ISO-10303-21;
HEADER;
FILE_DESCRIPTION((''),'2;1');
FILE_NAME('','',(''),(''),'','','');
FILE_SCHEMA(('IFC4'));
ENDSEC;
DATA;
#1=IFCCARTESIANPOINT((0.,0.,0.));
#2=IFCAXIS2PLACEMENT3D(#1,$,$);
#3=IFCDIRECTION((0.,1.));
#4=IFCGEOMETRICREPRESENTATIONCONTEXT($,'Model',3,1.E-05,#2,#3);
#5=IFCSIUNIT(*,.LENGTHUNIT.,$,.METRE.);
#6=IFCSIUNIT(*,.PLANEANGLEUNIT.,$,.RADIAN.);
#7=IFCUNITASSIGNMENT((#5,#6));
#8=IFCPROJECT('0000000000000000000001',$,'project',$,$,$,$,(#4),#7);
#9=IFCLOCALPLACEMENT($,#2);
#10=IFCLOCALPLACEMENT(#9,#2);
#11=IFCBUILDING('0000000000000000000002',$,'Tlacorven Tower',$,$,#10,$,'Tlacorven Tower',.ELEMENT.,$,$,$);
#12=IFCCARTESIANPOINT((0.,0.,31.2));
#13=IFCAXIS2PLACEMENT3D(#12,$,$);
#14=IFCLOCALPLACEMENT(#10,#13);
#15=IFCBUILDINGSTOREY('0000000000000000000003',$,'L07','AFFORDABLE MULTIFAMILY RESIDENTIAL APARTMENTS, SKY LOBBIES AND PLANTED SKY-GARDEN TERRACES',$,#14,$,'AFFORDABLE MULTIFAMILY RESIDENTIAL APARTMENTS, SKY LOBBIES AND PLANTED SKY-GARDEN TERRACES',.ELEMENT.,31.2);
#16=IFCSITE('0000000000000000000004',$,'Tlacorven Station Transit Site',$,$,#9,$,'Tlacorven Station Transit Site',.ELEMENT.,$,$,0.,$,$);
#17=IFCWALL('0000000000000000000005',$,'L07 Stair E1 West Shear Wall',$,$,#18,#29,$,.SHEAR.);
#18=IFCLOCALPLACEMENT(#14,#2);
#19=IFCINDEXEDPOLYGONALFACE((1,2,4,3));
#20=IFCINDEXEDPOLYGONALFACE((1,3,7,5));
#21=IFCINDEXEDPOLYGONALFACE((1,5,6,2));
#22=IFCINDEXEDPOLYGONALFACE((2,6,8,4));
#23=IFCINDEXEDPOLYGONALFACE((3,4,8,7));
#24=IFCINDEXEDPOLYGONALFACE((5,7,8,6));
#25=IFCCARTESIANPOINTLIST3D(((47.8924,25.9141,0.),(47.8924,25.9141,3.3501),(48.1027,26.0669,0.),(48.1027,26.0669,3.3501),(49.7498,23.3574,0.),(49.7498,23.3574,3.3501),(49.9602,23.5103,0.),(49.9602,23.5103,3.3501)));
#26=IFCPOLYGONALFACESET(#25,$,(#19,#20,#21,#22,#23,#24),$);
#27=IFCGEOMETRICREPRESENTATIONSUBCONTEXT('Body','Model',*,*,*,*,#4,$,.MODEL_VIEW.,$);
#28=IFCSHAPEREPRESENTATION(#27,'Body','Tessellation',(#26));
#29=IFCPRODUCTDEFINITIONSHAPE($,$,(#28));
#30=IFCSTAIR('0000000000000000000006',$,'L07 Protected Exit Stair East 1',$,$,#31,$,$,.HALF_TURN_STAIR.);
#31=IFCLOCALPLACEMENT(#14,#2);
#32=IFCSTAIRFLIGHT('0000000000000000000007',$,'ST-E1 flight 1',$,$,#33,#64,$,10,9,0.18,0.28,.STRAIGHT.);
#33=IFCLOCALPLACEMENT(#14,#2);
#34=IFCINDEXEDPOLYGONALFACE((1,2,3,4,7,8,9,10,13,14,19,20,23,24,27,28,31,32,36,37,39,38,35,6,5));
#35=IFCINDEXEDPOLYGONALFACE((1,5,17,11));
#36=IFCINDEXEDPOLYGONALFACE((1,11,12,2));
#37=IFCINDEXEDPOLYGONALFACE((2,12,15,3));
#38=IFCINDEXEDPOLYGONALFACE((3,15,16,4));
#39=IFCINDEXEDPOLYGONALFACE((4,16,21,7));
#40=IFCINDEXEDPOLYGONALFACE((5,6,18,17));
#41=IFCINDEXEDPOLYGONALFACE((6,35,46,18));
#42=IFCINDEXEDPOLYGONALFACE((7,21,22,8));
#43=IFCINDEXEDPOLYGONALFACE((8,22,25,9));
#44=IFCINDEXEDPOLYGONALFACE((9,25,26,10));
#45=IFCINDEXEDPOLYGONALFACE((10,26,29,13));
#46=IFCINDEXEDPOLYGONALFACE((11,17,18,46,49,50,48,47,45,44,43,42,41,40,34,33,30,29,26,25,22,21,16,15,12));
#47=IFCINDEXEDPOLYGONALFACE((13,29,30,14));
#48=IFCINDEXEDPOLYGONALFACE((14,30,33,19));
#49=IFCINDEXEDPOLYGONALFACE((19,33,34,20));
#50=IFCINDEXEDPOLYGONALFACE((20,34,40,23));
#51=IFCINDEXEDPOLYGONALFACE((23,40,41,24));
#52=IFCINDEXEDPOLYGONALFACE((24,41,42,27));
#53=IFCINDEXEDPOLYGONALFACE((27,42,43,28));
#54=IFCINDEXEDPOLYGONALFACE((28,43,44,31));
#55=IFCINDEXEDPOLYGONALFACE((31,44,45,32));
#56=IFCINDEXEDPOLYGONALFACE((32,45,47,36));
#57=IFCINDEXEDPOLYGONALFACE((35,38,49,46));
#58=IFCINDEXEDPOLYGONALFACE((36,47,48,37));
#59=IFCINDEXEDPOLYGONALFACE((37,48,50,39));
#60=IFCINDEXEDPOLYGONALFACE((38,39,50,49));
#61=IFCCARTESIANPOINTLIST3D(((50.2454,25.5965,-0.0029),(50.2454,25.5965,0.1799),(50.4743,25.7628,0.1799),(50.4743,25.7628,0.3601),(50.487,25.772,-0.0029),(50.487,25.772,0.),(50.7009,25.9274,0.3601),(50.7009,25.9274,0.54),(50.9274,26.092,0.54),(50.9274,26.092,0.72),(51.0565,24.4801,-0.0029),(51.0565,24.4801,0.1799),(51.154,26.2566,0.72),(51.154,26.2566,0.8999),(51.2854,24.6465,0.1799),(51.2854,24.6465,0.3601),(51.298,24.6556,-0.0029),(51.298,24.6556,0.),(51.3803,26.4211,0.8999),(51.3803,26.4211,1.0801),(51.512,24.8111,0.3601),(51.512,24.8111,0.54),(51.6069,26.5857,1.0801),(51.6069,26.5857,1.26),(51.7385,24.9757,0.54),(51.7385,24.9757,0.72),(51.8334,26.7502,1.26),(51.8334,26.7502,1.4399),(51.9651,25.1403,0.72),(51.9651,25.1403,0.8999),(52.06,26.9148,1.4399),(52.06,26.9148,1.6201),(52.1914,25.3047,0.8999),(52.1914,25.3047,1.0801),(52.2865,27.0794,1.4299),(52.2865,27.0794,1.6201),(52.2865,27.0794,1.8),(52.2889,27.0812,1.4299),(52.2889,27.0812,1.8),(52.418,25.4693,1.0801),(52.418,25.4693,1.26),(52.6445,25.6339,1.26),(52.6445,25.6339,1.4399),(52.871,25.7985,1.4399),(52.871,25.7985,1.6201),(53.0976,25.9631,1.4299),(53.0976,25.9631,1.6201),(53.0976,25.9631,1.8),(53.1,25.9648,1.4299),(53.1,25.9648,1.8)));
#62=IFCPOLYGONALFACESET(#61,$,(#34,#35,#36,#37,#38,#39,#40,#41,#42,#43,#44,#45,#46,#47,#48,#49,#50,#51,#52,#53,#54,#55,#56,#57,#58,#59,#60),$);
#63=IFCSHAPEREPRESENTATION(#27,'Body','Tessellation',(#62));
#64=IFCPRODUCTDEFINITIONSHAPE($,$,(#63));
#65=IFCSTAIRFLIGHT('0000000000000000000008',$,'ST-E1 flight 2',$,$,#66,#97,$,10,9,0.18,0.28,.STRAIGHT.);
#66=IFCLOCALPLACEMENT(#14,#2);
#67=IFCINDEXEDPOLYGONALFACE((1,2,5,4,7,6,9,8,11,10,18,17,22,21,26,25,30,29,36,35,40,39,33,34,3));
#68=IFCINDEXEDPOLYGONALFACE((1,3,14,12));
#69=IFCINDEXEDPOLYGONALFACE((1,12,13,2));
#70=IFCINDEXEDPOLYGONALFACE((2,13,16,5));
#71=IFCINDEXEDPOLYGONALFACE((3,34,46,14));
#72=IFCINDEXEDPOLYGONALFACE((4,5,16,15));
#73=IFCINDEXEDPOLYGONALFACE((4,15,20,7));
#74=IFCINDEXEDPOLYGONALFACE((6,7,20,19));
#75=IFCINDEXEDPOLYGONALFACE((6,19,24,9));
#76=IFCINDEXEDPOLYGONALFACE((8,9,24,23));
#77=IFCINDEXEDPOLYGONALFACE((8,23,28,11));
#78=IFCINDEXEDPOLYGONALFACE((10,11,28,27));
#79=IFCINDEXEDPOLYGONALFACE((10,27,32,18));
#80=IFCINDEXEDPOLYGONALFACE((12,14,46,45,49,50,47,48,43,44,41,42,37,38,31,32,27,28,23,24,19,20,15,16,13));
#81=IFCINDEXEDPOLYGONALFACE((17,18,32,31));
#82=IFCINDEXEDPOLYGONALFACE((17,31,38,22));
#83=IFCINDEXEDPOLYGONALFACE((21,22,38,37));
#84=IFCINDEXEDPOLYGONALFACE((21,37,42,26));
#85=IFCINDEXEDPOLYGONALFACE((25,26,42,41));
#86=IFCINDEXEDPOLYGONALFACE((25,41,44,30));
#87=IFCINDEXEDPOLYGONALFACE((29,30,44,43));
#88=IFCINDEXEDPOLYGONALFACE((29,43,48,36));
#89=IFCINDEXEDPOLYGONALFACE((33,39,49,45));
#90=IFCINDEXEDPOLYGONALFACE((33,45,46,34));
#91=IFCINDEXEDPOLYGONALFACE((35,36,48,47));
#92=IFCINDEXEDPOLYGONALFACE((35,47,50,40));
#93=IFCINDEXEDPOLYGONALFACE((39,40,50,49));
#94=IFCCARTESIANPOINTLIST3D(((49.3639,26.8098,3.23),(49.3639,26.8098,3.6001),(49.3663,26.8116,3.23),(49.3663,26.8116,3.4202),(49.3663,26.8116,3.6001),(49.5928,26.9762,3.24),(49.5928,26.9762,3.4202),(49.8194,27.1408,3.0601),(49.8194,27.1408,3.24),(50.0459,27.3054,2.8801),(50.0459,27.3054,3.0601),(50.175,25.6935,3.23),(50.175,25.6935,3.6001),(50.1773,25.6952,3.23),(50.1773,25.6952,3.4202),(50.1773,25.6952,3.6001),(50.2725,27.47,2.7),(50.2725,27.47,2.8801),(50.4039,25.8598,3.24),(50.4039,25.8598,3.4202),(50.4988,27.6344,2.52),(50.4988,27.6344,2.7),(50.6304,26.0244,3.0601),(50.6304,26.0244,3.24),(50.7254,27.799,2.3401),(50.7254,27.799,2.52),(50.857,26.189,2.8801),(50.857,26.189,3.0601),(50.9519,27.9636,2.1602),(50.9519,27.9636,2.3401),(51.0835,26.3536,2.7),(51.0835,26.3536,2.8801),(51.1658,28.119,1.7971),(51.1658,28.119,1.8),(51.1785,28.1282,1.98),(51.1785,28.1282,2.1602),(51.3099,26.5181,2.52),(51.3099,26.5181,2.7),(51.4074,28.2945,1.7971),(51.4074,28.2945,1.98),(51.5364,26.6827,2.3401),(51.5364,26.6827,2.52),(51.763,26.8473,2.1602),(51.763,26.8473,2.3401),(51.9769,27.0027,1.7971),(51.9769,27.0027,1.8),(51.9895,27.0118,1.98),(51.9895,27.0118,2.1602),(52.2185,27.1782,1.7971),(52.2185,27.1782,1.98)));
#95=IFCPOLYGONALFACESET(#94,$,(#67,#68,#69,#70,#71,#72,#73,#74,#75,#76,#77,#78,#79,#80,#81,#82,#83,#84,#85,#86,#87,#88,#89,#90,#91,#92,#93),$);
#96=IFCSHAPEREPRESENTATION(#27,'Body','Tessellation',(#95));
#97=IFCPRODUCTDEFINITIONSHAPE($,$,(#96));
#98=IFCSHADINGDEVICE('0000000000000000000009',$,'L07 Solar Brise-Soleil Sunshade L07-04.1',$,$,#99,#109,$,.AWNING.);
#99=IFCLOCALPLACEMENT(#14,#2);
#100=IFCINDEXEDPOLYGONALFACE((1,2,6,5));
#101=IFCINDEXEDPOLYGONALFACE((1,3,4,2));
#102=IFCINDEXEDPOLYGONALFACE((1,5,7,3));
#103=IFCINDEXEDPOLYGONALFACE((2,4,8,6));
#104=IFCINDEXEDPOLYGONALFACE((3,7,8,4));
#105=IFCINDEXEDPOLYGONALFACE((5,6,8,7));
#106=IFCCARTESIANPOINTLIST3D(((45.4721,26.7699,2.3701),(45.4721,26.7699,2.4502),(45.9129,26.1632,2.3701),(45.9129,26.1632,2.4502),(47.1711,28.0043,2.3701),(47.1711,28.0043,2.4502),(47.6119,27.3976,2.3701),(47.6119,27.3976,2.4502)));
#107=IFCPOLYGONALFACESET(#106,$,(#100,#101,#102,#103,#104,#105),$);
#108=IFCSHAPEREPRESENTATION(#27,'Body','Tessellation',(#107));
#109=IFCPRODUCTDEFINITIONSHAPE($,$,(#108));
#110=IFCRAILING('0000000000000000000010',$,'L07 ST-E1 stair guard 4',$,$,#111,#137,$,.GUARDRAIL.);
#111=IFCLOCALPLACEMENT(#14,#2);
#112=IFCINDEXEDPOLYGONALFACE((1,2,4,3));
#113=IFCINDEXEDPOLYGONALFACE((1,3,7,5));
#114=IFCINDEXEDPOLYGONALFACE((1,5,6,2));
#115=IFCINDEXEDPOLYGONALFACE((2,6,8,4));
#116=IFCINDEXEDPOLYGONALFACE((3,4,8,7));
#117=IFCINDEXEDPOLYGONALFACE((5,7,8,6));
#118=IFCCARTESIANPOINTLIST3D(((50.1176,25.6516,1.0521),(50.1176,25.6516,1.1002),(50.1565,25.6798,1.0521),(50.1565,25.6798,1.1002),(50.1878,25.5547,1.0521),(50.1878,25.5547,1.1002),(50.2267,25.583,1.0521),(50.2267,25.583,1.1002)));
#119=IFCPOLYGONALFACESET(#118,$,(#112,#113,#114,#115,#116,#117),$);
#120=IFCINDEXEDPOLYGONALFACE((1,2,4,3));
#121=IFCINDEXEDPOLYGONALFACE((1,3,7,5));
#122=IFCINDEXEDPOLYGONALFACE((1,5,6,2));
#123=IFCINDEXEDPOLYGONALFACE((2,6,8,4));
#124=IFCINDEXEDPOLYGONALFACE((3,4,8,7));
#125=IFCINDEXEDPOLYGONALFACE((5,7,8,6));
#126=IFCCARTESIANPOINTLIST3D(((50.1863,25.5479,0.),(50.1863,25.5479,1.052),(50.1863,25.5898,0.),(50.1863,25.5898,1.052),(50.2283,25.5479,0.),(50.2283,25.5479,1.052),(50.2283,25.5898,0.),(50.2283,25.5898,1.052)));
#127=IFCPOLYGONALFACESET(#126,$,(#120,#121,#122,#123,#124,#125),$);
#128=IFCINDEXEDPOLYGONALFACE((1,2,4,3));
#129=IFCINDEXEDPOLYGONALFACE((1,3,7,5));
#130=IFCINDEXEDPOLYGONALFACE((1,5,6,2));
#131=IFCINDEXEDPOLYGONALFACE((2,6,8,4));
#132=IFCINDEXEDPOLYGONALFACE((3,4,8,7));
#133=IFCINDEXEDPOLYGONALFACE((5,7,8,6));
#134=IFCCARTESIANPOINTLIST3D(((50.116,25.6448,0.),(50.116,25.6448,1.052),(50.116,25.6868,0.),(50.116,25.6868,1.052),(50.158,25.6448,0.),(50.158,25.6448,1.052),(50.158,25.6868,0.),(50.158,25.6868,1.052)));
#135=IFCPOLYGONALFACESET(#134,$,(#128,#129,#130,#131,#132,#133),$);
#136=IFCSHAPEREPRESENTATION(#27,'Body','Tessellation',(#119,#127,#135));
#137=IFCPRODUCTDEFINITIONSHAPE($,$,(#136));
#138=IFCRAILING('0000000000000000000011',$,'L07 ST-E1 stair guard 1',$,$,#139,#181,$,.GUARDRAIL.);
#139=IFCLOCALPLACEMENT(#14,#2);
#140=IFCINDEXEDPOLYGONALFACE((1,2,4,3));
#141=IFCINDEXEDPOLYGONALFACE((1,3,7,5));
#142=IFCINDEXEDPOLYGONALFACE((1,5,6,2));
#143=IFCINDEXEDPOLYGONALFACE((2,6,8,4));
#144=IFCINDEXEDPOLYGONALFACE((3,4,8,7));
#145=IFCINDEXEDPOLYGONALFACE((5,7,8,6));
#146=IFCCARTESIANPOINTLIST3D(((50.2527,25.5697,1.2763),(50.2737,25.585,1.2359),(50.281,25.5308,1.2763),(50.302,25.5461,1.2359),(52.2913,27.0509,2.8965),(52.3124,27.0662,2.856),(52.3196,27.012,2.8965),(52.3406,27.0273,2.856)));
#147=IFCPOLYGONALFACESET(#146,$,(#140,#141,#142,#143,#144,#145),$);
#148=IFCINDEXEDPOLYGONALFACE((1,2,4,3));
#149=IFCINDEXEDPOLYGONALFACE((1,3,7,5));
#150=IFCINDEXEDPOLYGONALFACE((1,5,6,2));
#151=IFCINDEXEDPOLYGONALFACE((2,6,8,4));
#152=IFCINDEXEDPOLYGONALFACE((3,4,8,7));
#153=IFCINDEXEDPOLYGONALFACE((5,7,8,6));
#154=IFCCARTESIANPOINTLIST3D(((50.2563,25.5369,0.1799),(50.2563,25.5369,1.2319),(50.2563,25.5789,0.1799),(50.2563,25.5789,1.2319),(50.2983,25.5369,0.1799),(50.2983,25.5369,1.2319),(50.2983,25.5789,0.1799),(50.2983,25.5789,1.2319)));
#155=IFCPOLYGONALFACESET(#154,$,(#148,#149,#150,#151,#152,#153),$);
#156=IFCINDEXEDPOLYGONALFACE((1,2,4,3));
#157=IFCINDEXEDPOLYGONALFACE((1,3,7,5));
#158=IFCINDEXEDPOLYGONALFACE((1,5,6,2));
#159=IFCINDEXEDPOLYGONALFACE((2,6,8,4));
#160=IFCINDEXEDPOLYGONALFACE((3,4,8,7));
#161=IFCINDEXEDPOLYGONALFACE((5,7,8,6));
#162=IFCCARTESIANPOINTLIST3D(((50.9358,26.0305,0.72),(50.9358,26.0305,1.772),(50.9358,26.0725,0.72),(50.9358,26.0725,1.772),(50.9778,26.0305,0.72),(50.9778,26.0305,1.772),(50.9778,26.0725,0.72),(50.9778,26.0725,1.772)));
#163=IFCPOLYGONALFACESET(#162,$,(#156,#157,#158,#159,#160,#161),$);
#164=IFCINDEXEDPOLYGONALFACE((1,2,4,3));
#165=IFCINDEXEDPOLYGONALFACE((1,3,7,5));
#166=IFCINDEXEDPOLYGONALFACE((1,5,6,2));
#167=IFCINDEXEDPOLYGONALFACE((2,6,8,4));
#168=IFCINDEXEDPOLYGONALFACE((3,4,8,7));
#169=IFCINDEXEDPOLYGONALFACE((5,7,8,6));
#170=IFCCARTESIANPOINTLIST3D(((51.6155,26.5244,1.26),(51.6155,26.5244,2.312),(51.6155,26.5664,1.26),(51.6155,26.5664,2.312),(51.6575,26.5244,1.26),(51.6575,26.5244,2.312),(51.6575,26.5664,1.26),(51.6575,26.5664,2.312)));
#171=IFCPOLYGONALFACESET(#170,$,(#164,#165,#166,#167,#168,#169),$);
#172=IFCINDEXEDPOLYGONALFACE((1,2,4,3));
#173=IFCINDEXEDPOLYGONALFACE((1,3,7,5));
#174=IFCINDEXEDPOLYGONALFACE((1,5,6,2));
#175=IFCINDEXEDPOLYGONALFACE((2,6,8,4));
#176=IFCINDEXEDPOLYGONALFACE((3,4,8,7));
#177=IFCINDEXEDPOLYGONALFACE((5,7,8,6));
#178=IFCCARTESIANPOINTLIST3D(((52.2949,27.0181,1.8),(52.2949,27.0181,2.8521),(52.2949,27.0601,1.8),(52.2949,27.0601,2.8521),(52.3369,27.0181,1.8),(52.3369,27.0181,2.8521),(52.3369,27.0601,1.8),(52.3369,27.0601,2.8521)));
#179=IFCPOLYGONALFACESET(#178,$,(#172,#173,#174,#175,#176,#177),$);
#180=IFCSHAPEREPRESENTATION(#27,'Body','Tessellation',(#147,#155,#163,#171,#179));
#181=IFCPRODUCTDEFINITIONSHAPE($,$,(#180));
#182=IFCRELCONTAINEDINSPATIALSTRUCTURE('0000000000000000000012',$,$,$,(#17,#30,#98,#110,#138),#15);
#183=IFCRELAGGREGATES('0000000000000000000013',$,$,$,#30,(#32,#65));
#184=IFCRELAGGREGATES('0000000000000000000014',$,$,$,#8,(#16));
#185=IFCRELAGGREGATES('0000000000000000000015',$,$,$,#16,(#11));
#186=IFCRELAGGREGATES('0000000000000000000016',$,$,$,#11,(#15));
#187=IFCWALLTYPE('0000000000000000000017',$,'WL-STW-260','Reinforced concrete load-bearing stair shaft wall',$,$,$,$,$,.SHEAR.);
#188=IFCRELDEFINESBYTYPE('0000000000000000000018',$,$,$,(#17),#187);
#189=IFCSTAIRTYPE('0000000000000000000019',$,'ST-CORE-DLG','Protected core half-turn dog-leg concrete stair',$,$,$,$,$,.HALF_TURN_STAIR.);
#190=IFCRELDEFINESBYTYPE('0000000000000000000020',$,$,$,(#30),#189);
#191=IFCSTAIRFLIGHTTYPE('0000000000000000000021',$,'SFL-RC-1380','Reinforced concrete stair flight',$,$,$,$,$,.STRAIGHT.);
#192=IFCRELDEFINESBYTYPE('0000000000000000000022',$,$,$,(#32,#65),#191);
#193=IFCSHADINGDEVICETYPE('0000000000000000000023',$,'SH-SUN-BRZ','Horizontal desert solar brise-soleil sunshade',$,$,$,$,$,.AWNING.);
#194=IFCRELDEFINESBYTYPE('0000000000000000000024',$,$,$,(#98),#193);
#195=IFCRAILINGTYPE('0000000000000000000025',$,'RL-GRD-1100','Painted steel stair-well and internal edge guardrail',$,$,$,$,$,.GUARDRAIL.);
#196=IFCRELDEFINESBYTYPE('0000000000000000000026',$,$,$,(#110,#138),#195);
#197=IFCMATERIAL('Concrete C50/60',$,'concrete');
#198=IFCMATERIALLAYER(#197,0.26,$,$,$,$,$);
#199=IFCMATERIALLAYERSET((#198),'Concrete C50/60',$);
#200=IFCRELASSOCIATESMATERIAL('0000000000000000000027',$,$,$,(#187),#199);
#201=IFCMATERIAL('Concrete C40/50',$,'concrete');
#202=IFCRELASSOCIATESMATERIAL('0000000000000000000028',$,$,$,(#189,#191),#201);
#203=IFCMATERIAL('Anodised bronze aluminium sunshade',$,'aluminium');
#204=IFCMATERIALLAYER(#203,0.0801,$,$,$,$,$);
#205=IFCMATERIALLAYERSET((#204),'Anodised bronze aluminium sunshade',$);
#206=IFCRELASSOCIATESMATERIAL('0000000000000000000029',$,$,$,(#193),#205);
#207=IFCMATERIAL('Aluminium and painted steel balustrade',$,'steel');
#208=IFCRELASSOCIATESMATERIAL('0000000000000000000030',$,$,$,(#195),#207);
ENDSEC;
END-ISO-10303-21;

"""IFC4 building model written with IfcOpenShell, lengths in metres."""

from ifc_helpers import new_model, si_unit, direction, frame, frame_2d, origin, origin_2d, place, context, subcontext, project, spatial, polyline, rectangle, outline, extrude, source, transform, mapped, material, layer, layer_set, type_object, element, aggregate, save


model = new_model("IFC4")

# Units and contexts
model_context = context("Model", 3, precision=1e-05, world=origin(), true_north=direction((0.0, 1.0)))
body_context = subcontext(model_context, "Body", "Model", "MODEL_VIEW")
ifc_project = project(units=[si_unit("LENGTHUNIT", "METRE"), si_unit("PLANEANGLEUNIT", "RADIAN")], contexts=[model_context])

# Site, building, storey
site_placement = place(None, origin())
site = spatial("IfcSite", under=ifc_project, at=site_placement, Name="Tlacorven Station Transit Site", LongName="Tlacorven Station Transit Site", CompositionType="ELEMENT", RefElevation=0.0)
building_placement = place(site_placement, origin())
building = spatial("IfcBuilding", under=site, at=building_placement, Name="Tlacorven Tower", LongName="Tlacorven Tower", CompositionType="ELEMENT")
storey_placement = place(building_placement, frame((0.0, 0.0, 31.2)))
storey = spatial("IfcBuildingStorey", under=building, at=storey_placement, Name="L07", Description="AFFORDABLE MULTIFAMILY RESIDENTIAL APARTMENTS, SKY LOBBIES AND PLANTED SKY-GARDEN TERRACES", LongName="AFFORDABLE MULTIFAMILY RESIDENTIAL APARTMENTS, SKY LOBBIES AND PLANTED SKY-GARDEN TERRACES", CompositionType="ELEMENT", Elevation=31.2)

# Shared definitions
ifc_material_1 = material(Name="Concrete C40/50", Category="concrete")

# Shared definitions
ifc_material_2 = material(Name="Concrete C50/60", Category="concrete")
ifc_layer_1 = layer(ifc_material_2, 0.26)
ifc_layer_set_1 = layer_set([ifc_layer_1], Name="Concrete C50/60")
wall_type_1 = type_object("IfcWallType", Name="WL-STW-260", Description="Reinforced concrete load-bearing stair shaft wall", PredefinedType="SHEAR", material=ifc_layer_set_1)

# Wall
wall_1_placement = place(storey_placement, frame((49.855, 23.4338, 0.0), z_axis=(0.0, 0.0, 1.0), x_axis=(-0.587767, 0.80903, 0.0)))
element("IfcWall", 1, at=wall_1_placement, inside=storey, type_object=wall_type_1, Name="L07 Stair E1 West Shear Wall", PredefinedType="SHEAR", context=body_context, shape_type="SweptSolid", body=[
    extrude(rectangle(XDim=3.1602, YDim=0.26, at=frame_2d((1.5801, 0.0))), origin(), (0.0, 0.0, 1.0), 3.3501),
])

# Stair, stair flights
stair_type = type_object("IfcStairType", Name="ST-CORE-DLG", Description="Protected core half-turn dog-leg concrete stair", PredefinedType="HALF_TURN_STAIR", material=ifc_material_1)
stair_placement = place(storey_placement, origin())
stair = element("IfcStair", 2, at=stair_placement, inside=storey, type_object=stair_type, Name="L07 Protected Exit Stair East 1", PredefinedType="HALF_TURN_STAIR")
stair_flight_type = type_object("IfcStairFlightType", Name="SFL-RC-1380", Description="Reinforced concrete stair flight", PredefinedType="STRAIGHT", material=ifc_material_1)
shared_shape_1 = source(origin(), body_context, "Body", "SweptSolid", [
    extrude(outline(polyline([(-0.0029, -0.0029), (-0.0029, 0.1799), (0.28, 0.1799), (0.28, 0.3601), (0.5601, 0.3601), (0.5601, 0.54), (0.8401, 0.54), (0.8401, 0.72), (1.1201, 0.72), (1.1201, 0.8999), (1.3999, 0.8999), (1.3999, 1.0801), (1.6799, 1.0801), (1.6799, 1.26), (1.96, 1.26), (1.96, 1.4399), (2.24, 1.4399), (2.24, 1.6201), (2.52, 1.6201), (2.52, 1.8), (2.5229, 1.8), (2.5229, 1.4299), (2.52, 1.4299), (0.2957, 0.0), (0.2957, -0.0029), (-0.0029, -0.0029)])), frame((0.0, 0.6899, 0.0), z_axis=(0.0, -1.0, 0.0), x_axis=(1.0, 0.0, 0.0)), (0.0, 0.0, 1.0), 1.3799),
])
stair_flight_1_placement = place(storey_placement, frame((50.6533, 25.04, 0.0), z_axis=(0.0, 0.0, 1.0), x_axis=(0.809017, 0.587785, 0.0)))
stair_flight_1 = element("IfcStairFlight", 3, at=stair_flight_1_placement, type_object=stair_flight_type, Name="ST-E1 flight 1", NumberOfRisers=10, NumberOfTreads=9, PredefinedType="STRAIGHT", RiserHeight=0.18, TreadLength=0.28, context=body_context, shape_type="MappedRepresentation", body=[
    mapped(shared_shape_1, transform((0.0, 0.0, 0.0), scale=1.0)),
])
stair_flight_2_placement = place(storey_placement, frame((51.8105, 27.7346, 1.8), z_axis=(0.0, 0.0, 1.0), x_axis=(-0.809017, -0.587785, 0.0)))
stair_flight_2 = element("IfcStairFlight", 4, at=stair_flight_2_placement, type_object=stair_flight_type, Name="ST-E1 flight 2", NumberOfRisers=10, NumberOfTreads=9, PredefinedType="STRAIGHT", RiserHeight=0.18, TreadLength=0.28, context=body_context, shape_type="MappedRepresentation", body=[
    mapped(shared_shape_1, transform((0.0, 0.0, 0.0), scale=1.0)),
])
aggregate(stair, [stair_flight_1, stair_flight_2])

# Shading device
ifc_material_3 = material(Name="Anodised bronze aluminium sunshade", Category="aluminium")
ifc_layer_2 = layer(ifc_material_3, 0.0801)
ifc_layer_set_2 = layer_set([ifc_layer_2], Name="Anodised bronze aluminium sunshade")
shading_device_type = type_object("IfcShadingDeviceType", Name="SH-SUN-BRZ", Description="Horizontal desert solar brise-soleil sunshade", PredefinedType="AWNING", material=ifc_layer_set_2)
shared_shape_2 = source(origin(), body_context, "Body", "SweptSolid", [
    extrude(rectangle(XDim=2.1001, YDim=0.75, at=origin_2d()), origin(), (0.0, 0.0, 1.0), 0.0801),
])
shading_device_placement = place(storey_placement, frame((46.542, 27.0837, 2.3701), z_axis=(0.0, 0.0, 1.0), x_axis=(0.809017, 0.587785, 0.0)))
element("IfcShadingDevice", 5, at=shading_device_placement, inside=storey, type_object=shading_device_type, Name="L07 Solar Brise-Soleil Sunshade L07-04.1", PredefinedType="AWNING", context=body_context, shape_type="MappedRepresentation", body=[
    mapped(shared_shape_2, transform((0.0, 0.0, 0.0), scale=1.0)),
])

# Railings
ifc_material_4 = material(Name="Aluminium and painted steel balustrade", Category="steel")
railing_type_1 = type_object("IfcRailingType", Name="RL-GRD-1100", Description="Painted steel stair-well and internal edge guardrail", PredefinedType="GUARDRAIL", material=ifc_material_4)
shared_shape_3 = source(origin(), body_context, "Body", "SweptSolid", [
    extrude(rectangle(XDim=0.0481, YDim=0.0481, at=origin_2d()), frame((0.0, 0.0, 1.0762), z_axis=(-0.587201, 0.809441, 0.0), x_axis=(-0.809441, -0.587201, 0.0)), (0.0, 0.0, 1.0), 0.1196),
    extrude(rectangle(XDim=0.042, YDim=0.042, at=origin_2d()), origin(), (0.0, 0.0, 1.0), 1.052),
    extrude(rectangle(XDim=0.042, YDim=0.042, at=origin_2d()), frame((-0.0703, 0.0969, 0.0)), (0.0, 0.0, 1.0), 1.052),
])
railing_1_placement = place(storey_placement, frame((50.2073, 25.5688, 0.0)))
element("IfcRailing", 6, at=railing_1_placement, inside=storey, type_object=railing_type_1, Name="L07 ST-E1 stair guard 4", PredefinedType="GUARDRAIL", context=body_context, shape_type="MappedRepresentation", body=[
    mapped(shared_shape_3, transform((0.0, 0.0, 0.0), scale=1.0)),
])
shared_shape_4 = source(origin(), body_context, "Body", "SweptSolid", [
    extrude(rectangle(XDim=0.0481, YDim=0.0481, at=origin_2d()), frame((0.0, 0.0, 1.0762), z_axis=(0.680489, 0.494434, 0.540805), x_axis=(-0.587809, 0.809, 0.0)), (0.0, 0.0, 1.0), 2.9958),
    extrude(rectangle(XDim=0.042, YDim=0.042, at=origin_2d()), origin(), (0.0, 0.0, 1.0), 1.052),
    extrude(rectangle(XDim=0.042, YDim=0.042, at=origin_2d()), frame((0.6794, 0.4937, 0.54)), (0.0, 0.0, 1.0), 1.052),
    extrude(rectangle(XDim=0.042, YDim=0.042, at=origin_2d()), frame((1.3591, 0.9875, 1.0801)), (0.0, 0.0, 1.0), 1.052),
    extrude(rectangle(XDim=0.042, YDim=0.042, at=origin_2d()), frame((2.0386, 1.4812, 1.6201)), (0.0, 0.0, 1.0), 1.052),
])
railing_2_placement = place(storey_placement, frame((50.2773, 25.5579, 0.1799)))
element("IfcRailing", 7, at=railing_2_placement, inside=storey, type_object=railing_type_1, Name="L07 ST-E1 stair guard 1", PredefinedType="GUARDRAIL", context=body_context, shape_type="MappedRepresentation", body=[
    mapped(shared_shape_4, transform((0.0, 0.0, 0.0), scale=1.0)),
])

save(model, "model.ifc")
